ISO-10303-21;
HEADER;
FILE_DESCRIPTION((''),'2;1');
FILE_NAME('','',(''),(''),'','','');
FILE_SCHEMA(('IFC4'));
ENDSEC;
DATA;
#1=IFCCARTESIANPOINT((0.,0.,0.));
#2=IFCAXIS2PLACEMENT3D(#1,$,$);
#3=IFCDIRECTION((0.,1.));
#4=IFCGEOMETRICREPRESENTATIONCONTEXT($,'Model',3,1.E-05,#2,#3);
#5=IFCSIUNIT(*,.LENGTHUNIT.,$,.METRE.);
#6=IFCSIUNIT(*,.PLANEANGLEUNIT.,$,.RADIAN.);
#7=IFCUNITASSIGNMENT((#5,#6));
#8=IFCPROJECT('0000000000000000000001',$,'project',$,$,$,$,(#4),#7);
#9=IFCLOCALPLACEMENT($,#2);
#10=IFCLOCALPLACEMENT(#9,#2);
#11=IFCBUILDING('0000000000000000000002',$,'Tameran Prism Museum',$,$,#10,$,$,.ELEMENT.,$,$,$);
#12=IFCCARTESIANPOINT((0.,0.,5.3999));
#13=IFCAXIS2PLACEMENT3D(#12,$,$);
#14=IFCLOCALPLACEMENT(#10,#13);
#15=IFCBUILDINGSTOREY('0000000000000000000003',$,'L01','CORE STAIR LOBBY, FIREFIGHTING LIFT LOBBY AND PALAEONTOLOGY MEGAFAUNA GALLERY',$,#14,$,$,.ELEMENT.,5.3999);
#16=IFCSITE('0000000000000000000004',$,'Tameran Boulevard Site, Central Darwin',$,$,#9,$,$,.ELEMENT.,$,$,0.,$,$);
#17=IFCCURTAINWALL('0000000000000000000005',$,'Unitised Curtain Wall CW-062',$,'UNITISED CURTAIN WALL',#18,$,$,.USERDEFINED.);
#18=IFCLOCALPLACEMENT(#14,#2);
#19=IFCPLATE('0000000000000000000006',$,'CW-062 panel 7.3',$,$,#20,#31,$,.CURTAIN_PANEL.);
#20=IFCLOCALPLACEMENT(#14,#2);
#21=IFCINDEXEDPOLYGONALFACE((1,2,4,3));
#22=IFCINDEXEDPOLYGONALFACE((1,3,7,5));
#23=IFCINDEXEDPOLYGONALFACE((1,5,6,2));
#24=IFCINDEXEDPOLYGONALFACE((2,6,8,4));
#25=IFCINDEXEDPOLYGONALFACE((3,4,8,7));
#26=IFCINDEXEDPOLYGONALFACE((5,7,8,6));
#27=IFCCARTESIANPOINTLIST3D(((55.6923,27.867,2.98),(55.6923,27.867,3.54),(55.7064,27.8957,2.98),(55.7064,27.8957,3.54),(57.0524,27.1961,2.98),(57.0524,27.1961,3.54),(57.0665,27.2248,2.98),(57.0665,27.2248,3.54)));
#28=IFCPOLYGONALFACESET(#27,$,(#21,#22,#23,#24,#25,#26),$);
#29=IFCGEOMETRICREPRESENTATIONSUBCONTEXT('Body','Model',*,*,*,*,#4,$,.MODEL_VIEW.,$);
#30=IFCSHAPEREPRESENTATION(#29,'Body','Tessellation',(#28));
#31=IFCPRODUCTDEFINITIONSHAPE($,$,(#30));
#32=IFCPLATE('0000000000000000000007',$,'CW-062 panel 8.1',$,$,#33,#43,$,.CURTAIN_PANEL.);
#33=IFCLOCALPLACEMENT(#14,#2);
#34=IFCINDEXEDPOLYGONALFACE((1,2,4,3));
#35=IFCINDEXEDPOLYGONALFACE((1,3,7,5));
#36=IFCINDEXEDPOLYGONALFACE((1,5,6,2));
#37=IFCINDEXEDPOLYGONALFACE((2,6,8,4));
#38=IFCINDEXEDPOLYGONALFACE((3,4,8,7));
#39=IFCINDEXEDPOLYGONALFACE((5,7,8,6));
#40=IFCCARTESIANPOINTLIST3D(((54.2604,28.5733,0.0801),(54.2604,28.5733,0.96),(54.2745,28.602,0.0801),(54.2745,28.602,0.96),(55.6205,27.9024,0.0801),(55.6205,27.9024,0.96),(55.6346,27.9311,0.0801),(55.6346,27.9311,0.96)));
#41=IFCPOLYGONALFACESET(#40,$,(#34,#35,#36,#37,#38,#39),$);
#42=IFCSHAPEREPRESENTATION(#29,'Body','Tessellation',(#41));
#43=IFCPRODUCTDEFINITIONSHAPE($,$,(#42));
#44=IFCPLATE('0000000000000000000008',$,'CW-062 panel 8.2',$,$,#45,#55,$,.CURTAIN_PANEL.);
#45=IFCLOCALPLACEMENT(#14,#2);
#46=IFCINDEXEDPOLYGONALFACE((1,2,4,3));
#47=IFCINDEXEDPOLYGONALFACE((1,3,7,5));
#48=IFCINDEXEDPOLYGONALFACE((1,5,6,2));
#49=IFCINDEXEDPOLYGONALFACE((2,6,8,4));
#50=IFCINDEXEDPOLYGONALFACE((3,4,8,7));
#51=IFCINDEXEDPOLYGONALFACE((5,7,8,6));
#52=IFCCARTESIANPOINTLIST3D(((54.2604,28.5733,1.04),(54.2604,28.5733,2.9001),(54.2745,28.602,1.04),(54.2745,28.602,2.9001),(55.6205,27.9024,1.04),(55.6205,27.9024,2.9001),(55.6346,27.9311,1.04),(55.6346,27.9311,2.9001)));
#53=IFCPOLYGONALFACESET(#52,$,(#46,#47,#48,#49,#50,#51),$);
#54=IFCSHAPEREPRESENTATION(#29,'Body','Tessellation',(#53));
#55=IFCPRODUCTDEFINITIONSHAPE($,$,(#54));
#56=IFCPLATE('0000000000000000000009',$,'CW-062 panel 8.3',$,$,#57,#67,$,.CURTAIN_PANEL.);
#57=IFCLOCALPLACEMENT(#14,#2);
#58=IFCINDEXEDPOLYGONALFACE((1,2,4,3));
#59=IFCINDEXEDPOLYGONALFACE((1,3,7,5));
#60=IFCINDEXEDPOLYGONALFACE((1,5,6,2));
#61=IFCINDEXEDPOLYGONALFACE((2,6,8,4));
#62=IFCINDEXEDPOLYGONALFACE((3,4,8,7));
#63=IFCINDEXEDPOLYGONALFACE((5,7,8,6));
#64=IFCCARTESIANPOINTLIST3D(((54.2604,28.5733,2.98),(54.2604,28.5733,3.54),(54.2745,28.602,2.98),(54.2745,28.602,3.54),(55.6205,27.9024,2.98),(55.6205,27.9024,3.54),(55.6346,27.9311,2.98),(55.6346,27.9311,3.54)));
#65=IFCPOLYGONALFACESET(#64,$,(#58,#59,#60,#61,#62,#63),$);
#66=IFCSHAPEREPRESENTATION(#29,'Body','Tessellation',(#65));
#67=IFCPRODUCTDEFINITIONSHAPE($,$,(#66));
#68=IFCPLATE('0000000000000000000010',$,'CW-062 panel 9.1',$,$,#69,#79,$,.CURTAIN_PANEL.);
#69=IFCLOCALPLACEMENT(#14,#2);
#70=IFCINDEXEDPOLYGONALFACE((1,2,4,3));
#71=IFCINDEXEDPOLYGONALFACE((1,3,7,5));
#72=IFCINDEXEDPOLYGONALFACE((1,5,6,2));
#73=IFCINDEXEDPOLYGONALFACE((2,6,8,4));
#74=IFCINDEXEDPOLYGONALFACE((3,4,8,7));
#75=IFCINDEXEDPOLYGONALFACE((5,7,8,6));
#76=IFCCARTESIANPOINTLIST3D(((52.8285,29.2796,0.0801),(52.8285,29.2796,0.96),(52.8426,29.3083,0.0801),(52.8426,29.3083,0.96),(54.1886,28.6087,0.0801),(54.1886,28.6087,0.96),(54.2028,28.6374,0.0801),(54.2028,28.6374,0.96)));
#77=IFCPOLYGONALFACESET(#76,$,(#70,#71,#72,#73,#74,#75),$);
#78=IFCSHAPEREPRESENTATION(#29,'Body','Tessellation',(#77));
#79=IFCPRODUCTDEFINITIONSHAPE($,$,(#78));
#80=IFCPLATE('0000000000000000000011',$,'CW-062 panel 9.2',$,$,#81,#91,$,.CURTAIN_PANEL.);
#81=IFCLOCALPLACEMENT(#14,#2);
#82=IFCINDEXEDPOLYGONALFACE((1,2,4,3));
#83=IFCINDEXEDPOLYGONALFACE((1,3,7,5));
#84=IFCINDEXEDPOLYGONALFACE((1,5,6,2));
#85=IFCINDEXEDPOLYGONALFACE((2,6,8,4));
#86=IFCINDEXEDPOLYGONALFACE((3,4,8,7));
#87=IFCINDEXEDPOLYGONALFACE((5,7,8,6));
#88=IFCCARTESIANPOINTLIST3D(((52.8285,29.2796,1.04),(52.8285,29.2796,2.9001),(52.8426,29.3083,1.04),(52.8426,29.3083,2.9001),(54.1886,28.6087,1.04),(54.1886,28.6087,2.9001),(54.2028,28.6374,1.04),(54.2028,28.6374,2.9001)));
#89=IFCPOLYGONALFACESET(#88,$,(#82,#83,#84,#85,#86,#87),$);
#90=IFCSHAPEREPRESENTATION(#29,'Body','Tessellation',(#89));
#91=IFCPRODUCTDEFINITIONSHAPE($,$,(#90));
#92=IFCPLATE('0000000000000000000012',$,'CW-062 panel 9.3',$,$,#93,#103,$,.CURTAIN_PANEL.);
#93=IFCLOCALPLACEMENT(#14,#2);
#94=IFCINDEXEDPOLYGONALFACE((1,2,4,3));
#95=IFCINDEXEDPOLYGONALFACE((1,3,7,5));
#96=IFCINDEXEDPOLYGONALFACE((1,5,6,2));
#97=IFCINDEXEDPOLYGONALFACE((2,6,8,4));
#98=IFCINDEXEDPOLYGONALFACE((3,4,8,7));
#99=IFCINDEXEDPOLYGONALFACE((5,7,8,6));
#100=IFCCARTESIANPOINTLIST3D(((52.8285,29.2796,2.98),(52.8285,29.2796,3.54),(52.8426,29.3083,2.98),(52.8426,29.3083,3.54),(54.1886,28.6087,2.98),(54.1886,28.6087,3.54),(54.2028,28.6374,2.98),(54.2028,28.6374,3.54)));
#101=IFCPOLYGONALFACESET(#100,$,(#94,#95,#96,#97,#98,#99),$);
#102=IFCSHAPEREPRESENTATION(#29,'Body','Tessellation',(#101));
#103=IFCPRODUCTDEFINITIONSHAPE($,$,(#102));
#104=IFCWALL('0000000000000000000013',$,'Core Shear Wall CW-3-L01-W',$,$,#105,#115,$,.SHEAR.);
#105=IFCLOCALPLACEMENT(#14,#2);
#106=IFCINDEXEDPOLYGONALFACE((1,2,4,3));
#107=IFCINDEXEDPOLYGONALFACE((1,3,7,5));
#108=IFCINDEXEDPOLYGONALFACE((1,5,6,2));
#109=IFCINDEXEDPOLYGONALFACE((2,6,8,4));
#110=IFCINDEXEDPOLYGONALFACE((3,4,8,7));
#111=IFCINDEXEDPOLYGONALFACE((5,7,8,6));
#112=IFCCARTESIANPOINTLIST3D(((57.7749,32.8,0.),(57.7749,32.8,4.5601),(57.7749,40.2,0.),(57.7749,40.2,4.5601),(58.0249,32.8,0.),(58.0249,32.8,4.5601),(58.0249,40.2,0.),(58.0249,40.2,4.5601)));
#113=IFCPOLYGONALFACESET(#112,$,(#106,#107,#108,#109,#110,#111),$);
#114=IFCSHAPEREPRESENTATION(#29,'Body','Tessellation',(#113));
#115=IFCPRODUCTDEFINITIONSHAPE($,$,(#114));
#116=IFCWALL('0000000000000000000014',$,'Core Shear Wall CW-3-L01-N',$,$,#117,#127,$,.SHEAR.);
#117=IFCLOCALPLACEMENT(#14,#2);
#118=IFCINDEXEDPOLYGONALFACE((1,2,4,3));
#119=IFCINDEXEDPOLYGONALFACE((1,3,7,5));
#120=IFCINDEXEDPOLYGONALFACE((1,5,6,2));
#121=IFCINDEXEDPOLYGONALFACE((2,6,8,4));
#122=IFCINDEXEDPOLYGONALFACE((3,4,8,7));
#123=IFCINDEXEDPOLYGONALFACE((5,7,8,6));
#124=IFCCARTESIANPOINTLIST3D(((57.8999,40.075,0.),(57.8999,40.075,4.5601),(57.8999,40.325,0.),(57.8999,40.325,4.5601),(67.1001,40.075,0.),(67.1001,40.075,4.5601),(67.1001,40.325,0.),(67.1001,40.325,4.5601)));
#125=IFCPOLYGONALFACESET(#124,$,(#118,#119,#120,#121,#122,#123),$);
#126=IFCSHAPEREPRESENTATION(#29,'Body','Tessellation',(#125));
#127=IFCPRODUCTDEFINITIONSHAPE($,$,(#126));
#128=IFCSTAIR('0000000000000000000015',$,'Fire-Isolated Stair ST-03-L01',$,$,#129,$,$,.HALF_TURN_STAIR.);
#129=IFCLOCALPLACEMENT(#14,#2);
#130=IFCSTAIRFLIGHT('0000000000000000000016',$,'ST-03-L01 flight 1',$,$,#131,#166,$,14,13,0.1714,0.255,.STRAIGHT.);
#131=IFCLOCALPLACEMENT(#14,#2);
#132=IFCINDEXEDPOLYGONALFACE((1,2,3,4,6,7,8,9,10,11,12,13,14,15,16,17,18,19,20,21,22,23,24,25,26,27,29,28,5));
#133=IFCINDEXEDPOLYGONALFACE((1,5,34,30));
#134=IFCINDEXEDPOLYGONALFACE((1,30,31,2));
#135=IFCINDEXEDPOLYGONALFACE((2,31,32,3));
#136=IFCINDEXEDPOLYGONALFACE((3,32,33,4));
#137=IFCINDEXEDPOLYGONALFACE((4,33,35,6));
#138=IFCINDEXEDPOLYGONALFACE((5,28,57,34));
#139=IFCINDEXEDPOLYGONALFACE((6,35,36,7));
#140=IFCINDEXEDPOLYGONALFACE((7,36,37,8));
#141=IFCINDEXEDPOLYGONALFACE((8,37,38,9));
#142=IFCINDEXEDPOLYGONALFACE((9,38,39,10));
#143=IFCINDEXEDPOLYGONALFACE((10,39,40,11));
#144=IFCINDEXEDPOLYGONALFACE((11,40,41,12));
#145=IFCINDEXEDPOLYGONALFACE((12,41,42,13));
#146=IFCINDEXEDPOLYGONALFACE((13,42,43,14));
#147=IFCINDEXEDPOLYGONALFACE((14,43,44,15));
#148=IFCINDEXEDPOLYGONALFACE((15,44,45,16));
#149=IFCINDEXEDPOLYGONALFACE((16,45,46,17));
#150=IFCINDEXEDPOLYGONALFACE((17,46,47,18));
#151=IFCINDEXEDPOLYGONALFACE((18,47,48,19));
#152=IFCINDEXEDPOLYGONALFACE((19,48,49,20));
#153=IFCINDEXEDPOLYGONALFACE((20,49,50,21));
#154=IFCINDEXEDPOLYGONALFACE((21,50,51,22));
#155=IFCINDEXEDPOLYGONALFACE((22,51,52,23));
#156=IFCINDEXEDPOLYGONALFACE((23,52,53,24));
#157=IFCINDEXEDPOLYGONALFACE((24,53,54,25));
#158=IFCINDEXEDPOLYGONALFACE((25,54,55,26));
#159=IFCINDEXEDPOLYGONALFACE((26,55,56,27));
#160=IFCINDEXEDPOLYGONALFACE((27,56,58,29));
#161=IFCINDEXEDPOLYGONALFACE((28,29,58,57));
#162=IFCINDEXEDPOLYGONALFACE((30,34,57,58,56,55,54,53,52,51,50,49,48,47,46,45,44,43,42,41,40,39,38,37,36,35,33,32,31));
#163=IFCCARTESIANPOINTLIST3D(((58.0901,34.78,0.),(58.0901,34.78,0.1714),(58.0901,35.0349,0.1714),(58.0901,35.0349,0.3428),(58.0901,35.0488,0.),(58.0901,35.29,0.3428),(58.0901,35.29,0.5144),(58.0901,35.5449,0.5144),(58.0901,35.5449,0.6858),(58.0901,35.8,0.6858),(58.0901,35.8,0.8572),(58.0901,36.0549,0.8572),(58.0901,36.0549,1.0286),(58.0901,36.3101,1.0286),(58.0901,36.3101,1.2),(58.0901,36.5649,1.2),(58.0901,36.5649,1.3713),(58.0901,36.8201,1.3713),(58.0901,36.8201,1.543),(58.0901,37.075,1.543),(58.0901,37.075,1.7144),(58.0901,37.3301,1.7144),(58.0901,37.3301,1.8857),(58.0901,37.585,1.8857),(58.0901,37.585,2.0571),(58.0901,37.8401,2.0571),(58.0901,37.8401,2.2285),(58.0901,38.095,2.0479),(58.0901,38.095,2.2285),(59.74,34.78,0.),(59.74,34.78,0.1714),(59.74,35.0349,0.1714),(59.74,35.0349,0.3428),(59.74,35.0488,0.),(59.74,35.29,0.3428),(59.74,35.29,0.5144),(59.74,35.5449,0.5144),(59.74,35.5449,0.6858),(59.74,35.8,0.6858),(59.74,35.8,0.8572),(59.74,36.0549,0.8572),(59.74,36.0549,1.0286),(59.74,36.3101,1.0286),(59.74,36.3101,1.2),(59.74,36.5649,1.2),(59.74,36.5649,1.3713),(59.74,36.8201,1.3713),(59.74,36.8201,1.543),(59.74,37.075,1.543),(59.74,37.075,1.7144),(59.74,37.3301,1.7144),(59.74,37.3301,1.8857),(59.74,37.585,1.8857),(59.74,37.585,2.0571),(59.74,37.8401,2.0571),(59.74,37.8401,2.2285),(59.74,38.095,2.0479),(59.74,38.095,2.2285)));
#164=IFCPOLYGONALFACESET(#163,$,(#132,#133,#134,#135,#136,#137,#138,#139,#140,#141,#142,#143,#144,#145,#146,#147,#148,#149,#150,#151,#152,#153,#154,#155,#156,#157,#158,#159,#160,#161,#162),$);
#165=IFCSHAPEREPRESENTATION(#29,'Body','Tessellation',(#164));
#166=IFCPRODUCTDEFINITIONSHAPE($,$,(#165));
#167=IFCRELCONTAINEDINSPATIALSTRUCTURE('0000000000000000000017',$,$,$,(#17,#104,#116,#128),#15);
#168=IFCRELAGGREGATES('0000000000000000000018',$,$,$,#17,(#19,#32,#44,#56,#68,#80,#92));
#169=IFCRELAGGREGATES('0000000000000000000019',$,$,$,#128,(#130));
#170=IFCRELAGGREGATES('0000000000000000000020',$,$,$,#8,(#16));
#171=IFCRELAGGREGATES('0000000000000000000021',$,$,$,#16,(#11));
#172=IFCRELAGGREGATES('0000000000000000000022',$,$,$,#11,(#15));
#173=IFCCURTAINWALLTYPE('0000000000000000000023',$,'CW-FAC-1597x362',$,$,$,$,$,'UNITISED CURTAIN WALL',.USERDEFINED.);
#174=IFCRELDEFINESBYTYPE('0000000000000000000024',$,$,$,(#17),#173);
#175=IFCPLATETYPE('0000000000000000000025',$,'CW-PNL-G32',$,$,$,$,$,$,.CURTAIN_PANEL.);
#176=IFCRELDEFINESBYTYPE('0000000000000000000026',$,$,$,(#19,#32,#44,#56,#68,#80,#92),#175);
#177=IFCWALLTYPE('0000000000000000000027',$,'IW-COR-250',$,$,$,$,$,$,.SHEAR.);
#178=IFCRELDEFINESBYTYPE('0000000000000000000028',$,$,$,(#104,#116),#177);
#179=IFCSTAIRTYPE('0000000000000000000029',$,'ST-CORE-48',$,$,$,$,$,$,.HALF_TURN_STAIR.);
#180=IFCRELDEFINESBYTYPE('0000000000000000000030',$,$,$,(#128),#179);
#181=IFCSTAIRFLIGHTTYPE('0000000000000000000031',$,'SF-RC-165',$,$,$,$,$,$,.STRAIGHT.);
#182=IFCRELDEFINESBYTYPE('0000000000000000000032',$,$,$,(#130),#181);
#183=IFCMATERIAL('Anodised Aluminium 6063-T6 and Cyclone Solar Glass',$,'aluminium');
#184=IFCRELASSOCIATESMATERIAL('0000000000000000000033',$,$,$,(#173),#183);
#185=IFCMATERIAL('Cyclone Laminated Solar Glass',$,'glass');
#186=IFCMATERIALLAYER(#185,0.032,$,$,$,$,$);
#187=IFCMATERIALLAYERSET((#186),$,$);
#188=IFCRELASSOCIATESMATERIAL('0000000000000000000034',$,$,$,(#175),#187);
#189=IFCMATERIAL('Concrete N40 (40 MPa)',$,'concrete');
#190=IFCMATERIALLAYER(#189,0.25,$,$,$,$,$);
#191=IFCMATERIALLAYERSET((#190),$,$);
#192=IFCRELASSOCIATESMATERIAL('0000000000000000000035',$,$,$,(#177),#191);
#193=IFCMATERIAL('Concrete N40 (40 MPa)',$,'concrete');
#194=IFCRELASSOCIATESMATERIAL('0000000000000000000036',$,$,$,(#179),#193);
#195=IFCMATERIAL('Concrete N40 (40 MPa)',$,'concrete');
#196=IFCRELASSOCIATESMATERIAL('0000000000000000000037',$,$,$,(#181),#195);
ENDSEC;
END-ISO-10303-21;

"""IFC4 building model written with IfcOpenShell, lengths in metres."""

from ifc_helpers import new_model, si_unit, direction, frame, frame_2d, origin, origin_2d, place, context, subcontext, project, spatial, polyline, rectangle, outline, extrude, material, layer, layer_set, type_object, element, aggregate, save


model = new_model("IFC4")

# Units and contexts
model_context = context("Model", 3, precision=1e-05, world=origin(), true_north=direction((0.0, 1.0)))
body_context = subcontext(model_context, "Body", "Model", "MODEL_VIEW")
ifc_project = project(units=[si_unit("LENGTHUNIT", "METRE"), si_unit("PLANEANGLEUNIT", "RADIAN")], contexts=[model_context])

# Site, building, storey
site_placement = place(None, origin())
site = spatial("IfcSite", under=ifc_project, at=site_placement, Name="Tameran Boulevard Site, Central Darwin", CompositionType="ELEMENT", RefElevation=0.0)
building_placement = place(site_placement, origin())
building = spatial("IfcBuilding", under=site, at=building_placement, Name="Tameran Prism Museum", CompositionType="ELEMENT")
storey_placement = place(building_placement, frame((0.0, 0.0, 5.3999)))
storey = spatial("IfcBuildingStorey", under=building, at=storey_placement, Name="L01", Description="CORE STAIR LOBBY, FIREFIGHTING LIFT LOBBY AND PALAEONTOLOGY MEGAFAUNA GALLERY", CompositionType="ELEMENT", Elevation=5.3999)

# Curtain wall, plates
ifc_material_1 = material(Name="Anodised Aluminium 6063-T6 and Cyclone Solar Glass", Category="aluminium")
curtain_wall_type = type_object("IfcCurtainWallType", Name="CW-FAC-1597x362", ElementType="UNITISED CURTAIN WALL", PredefinedType="USERDEFINED", material=ifc_material_1)
curtain_wall_placement = place(storey_placement, origin())
curtain_wall = element("IfcCurtainWall", 1, at=curtain_wall_placement, inside=storey, type_object=curtain_wall_type, Name="Unitised Curtain Wall CW-062", ObjectType="UNITISED CURTAIN WALL", PredefinedType="USERDEFINED")
ifc_material_2 = material(Name="Cyclone Laminated Solar Glass", Category="glass")
ifc_layer_1 = layer(ifc_material_2, 0.032)
ifc_layer_set_1 = layer_set([ifc_layer_1])
plate_type = type_object("IfcPlateType", Name="CW-PNL-G32", PredefinedType="CURTAIN_PANEL", material=ifc_layer_set_1)
plate_1_placement = place(storey_placement, frame((56.3794, 27.5459, 2.98), z_axis=(0.0, 0.0, 1.0), x_axis=(-0.896819, 0.442397, 0.0)))
plate_1 = element("IfcPlate", 2, at=plate_1_placement, type_object=plate_type, Name="CW-062 panel 7.3", PredefinedType="CURTAIN_PANEL", context=body_context, shape_type="SweptSolid", body=[
    extrude(rectangle(XDim=1.5166, YDim=0.032, at=origin_2d()), origin(), (0.0, 0.0, 1.0), 0.5601),
])
plate_2_placement = place(storey_placement, frame((54.9475, 28.2522, 0.0801), z_axis=(0.0, 0.0, 1.0), x_axis=(-0.896819, 0.442397, 0.0)))
plate_2 = element("IfcPlate", 3, at=plate_2_placement, type_object=plate_type, Name="CW-062 panel 8.1", PredefinedType="CURTAIN_PANEL", context=body_context, shape_type="SweptSolid", body=[
    extrude(rectangle(XDim=1.5166, YDim=0.032, at=origin_2d()), origin(), (0.0, 0.0, 1.0), 0.8799),
])
plate_3_placement = place(storey_placement, frame((54.9475, 28.2522, 1.04), z_axis=(0.0, 0.0, 1.0), x_axis=(-0.896819, 0.442397, 0.0)))
plate_3 = element("IfcPlate", 4, at=plate_3_placement, type_object=plate_type, Name="CW-062 panel 8.2", PredefinedType="CURTAIN_PANEL", context=body_context, shape_type="SweptSolid", body=[
    extrude(rectangle(XDim=1.5166, YDim=0.032, at=origin_2d()), origin(), (0.0, 0.0, 1.0), 1.8601),
])
plate_4_placement = place(storey_placement, frame((54.9475, 28.2522, 2.98), z_axis=(0.0, 0.0, 1.0), x_axis=(-0.896819, 0.442397, 0.0)))
plate_4 = element("IfcPlate", 5, at=plate_4_placement, type_object=plate_type, Name="CW-062 panel 8.3", PredefinedType="CURTAIN_PANEL", context=body_context, shape_type="SweptSolid", body=[
    extrude(rectangle(XDim=1.5166, YDim=0.032, at=origin_2d()), origin(), (0.0, 0.0, 1.0), 0.5601),
])
plate_5_placement = place(storey_placement, frame((53.5156, 28.9585, 0.0801), z_axis=(0.0, 0.0, 1.0), x_axis=(-0.896819, 0.442397, 0.0)))
plate_5 = element("IfcPlate", 6, at=plate_5_placement, type_object=plate_type, Name="CW-062 panel 9.1", PredefinedType="CURTAIN_PANEL", context=body_context, shape_type="SweptSolid", body=[
    extrude(rectangle(XDim=1.5166, YDim=0.032, at=origin_2d()), origin(), (0.0, 0.0, 1.0), 0.8799),
])
plate_6_placement = place(storey_placement, frame((53.5156, 28.9585, 1.04), z_axis=(0.0, 0.0, 1.0), x_axis=(-0.896819, 0.442397, 0.0)))
plate_6 = element("IfcPlate", 7, at=plate_6_placement, type_object=plate_type, Name="CW-062 panel 9.2", PredefinedType="CURTAIN_PANEL", context=body_context, shape_type="SweptSolid", body=[
    extrude(rectangle(XDim=1.5166, YDim=0.032, at=origin_2d()), origin(), (0.0, 0.0, 1.0), 1.8601),
])
plate_7_placement = place(storey_placement, frame((53.5156, 28.9585, 2.98), z_axis=(0.0, 0.0, 1.0), x_axis=(-0.896819, 0.442397, 0.0)))
plate_7 = element("IfcPlate", 8, at=plate_7_placement, type_object=plate_type, Name="CW-062 panel 9.3", PredefinedType="CURTAIN_PANEL", context=body_context, shape_type="SweptSolid", body=[
    extrude(rectangle(XDim=1.5166, YDim=0.032, at=origin_2d()), origin(), (0.0, 0.0, 1.0), 0.5601),
])
aggregate(curtain_wall, [plate_1, plate_2, plate_3, plate_4, plate_5, plate_6, plate_7])

# Walls
ifc_material_3 = material(Name="Concrete N40 (40 MPa)", Category="concrete")
ifc_layer_2 = layer(ifc_material_3, 0.25)
ifc_layer_set_2 = layer_set([ifc_layer_2])
wall_type = type_object("IfcWallType", Name="IW-COR-250", PredefinedType="SHEAR", material=ifc_layer_set_2)
wall_1_placement = place(storey_placement, frame((57.8999, 32.8, 0.0), z_axis=(0.0, 0.0, 1.0), x_axis=(0.0, 1.0, 0.0)))
element("IfcWall", 9, at=wall_1_placement, inside=storey, type_object=wall_type, Name="Core Shear Wall CW-3-L01-W", PredefinedType="SHEAR", context=body_context, shape_type="SweptSolid", body=[
    extrude(rectangle(XDim=7.3999, YDim=0.25, at=frame_2d((3.7, 0.0))), origin(), (0.0, 0.0, 1.0), 4.5601),
])
wall_2_placement = place(storey_placement, frame((57.8999, 40.2, 0.0), z_axis=(0.0, 0.0, 1.0), x_axis=(1.0, 0.0, 0.0)))
element("IfcWall", 10, at=wall_2_placement, inside=storey, type_object=wall_type, Name="Core Shear Wall CW-3-L01-N", PredefinedType="SHEAR", context=body_context, shape_type="SweptSolid", body=[
    extrude(rectangle(XDim=9.2002, YDim=0.25, at=frame_2d((4.6001, 0.0))), origin(), (0.0, 0.0, 1.0), 4.5601),
])

# Stair, stair flight
ifc_material_4 = material(Name="Concrete N40 (40 MPa)", Category="concrete")
stair_type = type_object("IfcStairType", Name="ST-CORE-48", PredefinedType="HALF_TURN_STAIR", material=ifc_material_4)
stair_placement = place(storey_placement, origin())
stair = element("IfcStair", 11, at=stair_placement, inside=storey, type_object=stair_type, Name="Fire-Isolated Stair ST-03-L01", PredefinedType="HALF_TURN_STAIR")
ifc_material_5 = material(Name="Concrete N40 (40 MPa)", Category="concrete")
stair_flight_type = type_object("IfcStairFlightType", Name="SF-RC-165", PredefinedType="STRAIGHT", material=ifc_material_5)
stair_flight_1_placement = place(storey_placement, frame((58.915, 34.78, 0.0), z_axis=(0.0, 0.0, 1.0), x_axis=(0.0, 1.0, 0.0)))
stair_flight_1 = element("IfcStairFlight", 12, at=stair_flight_1_placement, type_object=stair_flight_type, Name="ST-03-L01 flight 1", NumberOfRisers=14, NumberOfTreads=13, PredefinedType="STRAIGHT", RiserHeight=0.1714, TreadLength=0.255, context=body_context, shape_type="SweptSolid", body=[
    extrude(outline(polyline([(0.0, 0.0), (0.0, 0.1714), (0.2549, 0.1714), (0.2549, 0.3428), (0.51, 0.3428), (0.51, 0.5144), (0.7649, 0.5144), (0.7649, 0.6858), (1.02, 0.6858), (1.02, 0.8572), (1.2749, 0.8572), (1.2749, 1.0286), (1.53, 1.0286), (1.53, 1.2), (1.7849, 1.2), (1.7849, 1.3713), (2.04, 1.3713), (2.04, 1.543), (2.2949, 1.543), (2.2949, 1.7144), (2.55, 1.7144), (2.55, 1.8857), (2.8049, 1.8857), (2.8049, 2.0571), (3.0601, 2.0571), (3.0601, 2.2285), (3.3149, 2.2285), (3.3149, 2.3999), (3.3149, 2.0479), (0.2688, 0.0), (0.0, 0.0)])), frame((0.0, 0.825, 0.0), z_axis=(0.0, -1.0, 0.0), x_axis=(1.0, 0.0, 0.0)), (0.0, 0.0, 1.0), 1.6499),
])
aggregate(stair, [stair_flight_1])

save(model, "model.ifc")
